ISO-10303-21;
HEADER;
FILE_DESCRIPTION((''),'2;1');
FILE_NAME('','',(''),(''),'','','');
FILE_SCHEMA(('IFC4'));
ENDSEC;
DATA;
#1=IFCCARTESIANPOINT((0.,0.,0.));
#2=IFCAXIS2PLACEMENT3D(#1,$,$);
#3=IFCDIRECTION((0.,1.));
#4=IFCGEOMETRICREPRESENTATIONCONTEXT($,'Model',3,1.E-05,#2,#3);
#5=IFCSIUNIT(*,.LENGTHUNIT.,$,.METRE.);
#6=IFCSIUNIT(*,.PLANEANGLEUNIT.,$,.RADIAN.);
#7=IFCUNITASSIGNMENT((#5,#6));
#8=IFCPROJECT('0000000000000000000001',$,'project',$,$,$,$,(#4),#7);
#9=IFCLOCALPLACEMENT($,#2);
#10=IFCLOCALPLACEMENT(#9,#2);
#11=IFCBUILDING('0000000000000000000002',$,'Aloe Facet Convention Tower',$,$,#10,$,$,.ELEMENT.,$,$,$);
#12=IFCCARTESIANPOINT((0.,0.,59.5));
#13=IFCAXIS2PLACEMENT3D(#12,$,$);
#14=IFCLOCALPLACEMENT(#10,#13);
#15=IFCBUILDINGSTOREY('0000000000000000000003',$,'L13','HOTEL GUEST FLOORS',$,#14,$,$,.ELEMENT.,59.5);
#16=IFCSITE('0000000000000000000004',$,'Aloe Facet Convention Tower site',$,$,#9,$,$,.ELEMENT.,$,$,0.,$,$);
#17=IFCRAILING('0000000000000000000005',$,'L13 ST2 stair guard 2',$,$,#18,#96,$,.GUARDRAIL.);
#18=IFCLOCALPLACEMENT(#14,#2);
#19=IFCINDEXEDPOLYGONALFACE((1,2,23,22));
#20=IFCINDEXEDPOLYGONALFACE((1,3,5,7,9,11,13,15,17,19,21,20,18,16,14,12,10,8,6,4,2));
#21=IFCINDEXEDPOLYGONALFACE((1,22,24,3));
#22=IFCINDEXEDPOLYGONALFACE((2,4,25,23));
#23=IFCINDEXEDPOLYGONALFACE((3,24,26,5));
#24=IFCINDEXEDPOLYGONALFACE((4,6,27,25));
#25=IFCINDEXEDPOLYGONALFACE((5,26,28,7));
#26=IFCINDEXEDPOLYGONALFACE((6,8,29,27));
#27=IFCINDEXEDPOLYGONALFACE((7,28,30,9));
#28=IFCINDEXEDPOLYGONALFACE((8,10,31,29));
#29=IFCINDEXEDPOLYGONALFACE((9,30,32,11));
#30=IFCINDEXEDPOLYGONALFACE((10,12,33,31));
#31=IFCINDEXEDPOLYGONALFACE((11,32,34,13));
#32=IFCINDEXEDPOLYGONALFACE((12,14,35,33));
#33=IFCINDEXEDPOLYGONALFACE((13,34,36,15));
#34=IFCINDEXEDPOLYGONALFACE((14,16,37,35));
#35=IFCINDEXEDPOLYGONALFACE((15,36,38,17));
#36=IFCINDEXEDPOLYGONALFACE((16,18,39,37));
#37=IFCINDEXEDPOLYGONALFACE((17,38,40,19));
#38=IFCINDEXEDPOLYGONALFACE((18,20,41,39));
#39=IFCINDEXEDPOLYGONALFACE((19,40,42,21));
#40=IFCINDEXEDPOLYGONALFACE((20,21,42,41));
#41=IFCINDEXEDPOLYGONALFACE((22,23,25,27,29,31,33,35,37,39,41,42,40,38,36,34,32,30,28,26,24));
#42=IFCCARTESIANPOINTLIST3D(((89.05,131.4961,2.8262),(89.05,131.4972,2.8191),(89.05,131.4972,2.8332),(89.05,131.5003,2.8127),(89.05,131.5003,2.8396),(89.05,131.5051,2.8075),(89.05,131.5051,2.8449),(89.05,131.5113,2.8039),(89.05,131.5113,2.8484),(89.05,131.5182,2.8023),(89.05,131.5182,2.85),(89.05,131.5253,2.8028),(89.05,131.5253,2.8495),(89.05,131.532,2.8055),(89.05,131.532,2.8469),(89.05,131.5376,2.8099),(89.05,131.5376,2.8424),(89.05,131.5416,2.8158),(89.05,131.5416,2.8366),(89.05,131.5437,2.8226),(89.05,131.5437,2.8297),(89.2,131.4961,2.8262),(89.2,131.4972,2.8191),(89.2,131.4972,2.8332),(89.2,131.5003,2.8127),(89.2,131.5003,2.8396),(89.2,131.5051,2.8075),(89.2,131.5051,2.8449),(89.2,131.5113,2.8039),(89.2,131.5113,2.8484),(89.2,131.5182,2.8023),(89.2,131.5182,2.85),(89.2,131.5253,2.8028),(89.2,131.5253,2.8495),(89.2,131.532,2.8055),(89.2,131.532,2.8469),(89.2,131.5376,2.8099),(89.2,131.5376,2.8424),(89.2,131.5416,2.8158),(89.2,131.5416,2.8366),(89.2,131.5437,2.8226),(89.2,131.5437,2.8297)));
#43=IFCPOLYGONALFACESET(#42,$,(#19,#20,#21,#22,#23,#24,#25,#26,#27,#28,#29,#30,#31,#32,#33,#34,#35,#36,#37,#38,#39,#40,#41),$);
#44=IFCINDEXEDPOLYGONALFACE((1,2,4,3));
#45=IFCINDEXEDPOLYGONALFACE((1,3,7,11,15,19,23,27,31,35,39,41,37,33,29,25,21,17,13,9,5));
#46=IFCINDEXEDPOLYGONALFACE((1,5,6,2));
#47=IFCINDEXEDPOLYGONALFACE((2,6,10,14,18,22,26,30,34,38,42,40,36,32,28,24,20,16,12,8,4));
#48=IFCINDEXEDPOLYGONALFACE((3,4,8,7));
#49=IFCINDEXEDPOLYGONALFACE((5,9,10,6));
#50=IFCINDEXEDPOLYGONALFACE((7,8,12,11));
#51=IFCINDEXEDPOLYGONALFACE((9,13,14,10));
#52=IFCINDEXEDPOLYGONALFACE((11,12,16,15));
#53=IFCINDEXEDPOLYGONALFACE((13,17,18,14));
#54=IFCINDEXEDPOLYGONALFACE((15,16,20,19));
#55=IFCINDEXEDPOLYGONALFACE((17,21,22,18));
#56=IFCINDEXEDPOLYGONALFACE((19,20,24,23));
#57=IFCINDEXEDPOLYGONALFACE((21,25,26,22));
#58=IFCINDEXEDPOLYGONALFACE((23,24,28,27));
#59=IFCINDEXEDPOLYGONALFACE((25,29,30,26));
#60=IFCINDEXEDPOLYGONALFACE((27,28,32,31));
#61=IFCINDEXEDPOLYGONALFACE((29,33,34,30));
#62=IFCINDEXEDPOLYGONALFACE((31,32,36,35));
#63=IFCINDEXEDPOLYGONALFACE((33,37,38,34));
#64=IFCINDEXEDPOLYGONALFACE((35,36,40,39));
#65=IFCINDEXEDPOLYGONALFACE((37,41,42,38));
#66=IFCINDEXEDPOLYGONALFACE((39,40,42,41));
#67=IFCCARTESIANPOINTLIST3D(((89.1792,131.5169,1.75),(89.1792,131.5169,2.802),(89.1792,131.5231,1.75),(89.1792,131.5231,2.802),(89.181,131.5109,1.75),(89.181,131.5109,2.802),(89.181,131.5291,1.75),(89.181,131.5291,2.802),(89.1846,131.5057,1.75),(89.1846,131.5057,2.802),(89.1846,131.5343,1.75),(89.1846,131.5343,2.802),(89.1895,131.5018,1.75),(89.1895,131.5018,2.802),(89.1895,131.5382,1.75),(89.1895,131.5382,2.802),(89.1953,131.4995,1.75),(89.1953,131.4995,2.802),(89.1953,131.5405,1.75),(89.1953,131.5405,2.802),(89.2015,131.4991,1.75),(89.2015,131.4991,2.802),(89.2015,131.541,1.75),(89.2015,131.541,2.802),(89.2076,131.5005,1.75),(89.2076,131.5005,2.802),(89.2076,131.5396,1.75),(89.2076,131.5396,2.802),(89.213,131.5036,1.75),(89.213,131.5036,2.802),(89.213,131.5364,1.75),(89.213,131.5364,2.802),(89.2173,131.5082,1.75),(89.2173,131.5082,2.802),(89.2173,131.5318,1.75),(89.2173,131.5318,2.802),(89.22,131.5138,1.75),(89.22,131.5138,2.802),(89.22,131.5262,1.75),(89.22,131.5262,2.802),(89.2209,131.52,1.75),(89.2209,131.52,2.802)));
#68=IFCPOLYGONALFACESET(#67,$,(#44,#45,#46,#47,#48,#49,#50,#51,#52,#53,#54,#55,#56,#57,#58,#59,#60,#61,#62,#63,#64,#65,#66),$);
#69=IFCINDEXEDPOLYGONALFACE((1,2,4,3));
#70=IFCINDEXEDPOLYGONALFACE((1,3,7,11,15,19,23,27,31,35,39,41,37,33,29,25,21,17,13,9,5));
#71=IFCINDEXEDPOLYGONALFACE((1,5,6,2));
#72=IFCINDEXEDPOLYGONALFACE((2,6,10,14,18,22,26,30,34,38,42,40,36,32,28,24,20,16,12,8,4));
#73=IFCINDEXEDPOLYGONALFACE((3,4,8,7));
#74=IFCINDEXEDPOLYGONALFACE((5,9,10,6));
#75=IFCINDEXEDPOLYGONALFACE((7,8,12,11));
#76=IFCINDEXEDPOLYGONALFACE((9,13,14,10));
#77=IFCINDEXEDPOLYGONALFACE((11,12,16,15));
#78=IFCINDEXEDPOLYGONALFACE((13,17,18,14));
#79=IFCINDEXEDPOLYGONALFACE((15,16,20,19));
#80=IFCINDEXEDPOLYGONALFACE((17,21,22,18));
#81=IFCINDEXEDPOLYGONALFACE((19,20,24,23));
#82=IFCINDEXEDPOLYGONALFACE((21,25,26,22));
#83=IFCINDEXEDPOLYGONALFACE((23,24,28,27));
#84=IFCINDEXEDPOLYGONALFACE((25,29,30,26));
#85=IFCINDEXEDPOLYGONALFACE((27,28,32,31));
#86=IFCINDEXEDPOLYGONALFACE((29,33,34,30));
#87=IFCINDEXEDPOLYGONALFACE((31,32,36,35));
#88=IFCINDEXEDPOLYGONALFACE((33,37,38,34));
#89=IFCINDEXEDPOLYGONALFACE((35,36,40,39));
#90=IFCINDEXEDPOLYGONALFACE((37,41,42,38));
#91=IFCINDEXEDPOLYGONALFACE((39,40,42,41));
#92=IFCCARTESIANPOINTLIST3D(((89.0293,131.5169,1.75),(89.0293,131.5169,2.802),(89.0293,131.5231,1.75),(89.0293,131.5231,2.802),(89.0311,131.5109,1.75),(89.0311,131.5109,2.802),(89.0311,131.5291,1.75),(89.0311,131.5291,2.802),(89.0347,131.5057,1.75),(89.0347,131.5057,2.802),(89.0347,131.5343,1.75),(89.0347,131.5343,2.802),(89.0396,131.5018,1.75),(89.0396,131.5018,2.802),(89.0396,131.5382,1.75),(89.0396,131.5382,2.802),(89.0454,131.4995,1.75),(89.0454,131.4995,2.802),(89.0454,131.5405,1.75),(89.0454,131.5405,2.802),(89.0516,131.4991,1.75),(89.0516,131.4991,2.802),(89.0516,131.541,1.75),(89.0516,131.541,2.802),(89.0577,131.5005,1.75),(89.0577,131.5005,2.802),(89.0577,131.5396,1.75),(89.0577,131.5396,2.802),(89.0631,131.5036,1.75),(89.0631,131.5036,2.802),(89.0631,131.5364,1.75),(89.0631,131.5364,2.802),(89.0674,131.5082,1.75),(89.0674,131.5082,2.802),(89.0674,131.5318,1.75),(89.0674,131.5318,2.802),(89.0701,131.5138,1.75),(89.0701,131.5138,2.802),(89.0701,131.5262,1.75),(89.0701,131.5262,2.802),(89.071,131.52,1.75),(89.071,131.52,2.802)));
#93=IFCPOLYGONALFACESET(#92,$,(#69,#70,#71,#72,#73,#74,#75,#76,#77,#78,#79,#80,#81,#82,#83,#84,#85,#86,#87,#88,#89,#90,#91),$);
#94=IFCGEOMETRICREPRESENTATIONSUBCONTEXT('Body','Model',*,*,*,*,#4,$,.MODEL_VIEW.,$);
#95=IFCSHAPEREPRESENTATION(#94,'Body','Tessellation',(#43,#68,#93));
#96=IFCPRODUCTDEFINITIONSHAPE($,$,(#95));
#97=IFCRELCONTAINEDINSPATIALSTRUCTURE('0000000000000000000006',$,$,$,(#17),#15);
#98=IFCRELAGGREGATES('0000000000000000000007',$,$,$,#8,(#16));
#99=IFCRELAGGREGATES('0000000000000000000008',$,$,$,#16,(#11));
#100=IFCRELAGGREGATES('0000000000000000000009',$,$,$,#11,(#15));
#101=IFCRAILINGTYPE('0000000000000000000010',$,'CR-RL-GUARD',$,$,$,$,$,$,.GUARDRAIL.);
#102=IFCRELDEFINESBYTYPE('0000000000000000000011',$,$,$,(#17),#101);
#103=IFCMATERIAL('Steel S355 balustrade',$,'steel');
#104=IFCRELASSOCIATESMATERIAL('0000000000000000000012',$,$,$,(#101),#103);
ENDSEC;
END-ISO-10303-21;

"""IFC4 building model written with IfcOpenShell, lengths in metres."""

from ifc_helpers import new_model, si_unit, direction, frame, origin, origin_2d, place, context, subcontext, project, spatial, circle, extrude, material, type_object, element, save


model = new_model("IFC4")

# Units and contexts
model_context = context("Model", 3, precision=1e-05, world=origin(), true_north=direction((0.0, 1.0)))
body_context = subcontext(model_context, "Body", "Model", "MODEL_VIEW")
ifc_project = project(units=[si_unit("LENGTHUNIT", "METRE"), si_unit("PLANEANGLEUNIT", "RADIAN")], contexts=[model_context])

# Site, building, storey
site_placement = place(None, origin())
site = spatial("IfcSite", under=ifc_project, at=site_placement, Name="Aloe Facet Convention Tower site", CompositionType="ELEMENT", RefElevation=0.0)
building_placement = place(site_placement, origin())
building = spatial("IfcBuilding", under=site, at=building_placement, Name="Aloe Facet Convention Tower", CompositionType="ELEMENT")
storey_placement = place(building_placement, frame((0.0, 0.0, 59.5)))
storey = spatial("IfcBuildingStorey", under=building, at=storey_placement, Name="L13", Description="HOTEL GUEST FLOORS", CompositionType="ELEMENT", Elevation=59.5)

# Railing
ifc_material_1 = material(Name="Steel S355 balustrade", Category="steel")
railing_type_1 = type_object("IfcRailingType", Name="CR-RL-GUARD", PredefinedType="GUARDRAIL", material=ifc_material_1)
railing_1_placement = place(storey_placement, frame((89.2, 131.52, 1.75)))
element("IfcRailing", 1, at=railing_1_placement, inside=storey, type_object=railing_type_1, Name="L13 ST2 stair guard 2", PredefinedType="GUARDRAIL", context=body_context, shape_type="SweptSolid", body=[
    extrude(circle(Radius=0.0239, at=origin_2d()), frame((0.0, 0.0, 1.0762), z_axis=(-1.0, 0.0, 0.0), x_axis=(0.0, -1.0, 0.0)), (0.0, 0.0, 1.0), 0.1499),
    extrude(circle(Radius=0.021, at=origin_2d()), origin(), (0.0, 0.0, 1.0), 1.052),
    extrude(circle(Radius=0.021, at=origin_2d()), frame((-0.1499, 0.0, 0.0)), (0.0, 0.0, 1.0), 1.052),
])

save(model, "model.ifc")
